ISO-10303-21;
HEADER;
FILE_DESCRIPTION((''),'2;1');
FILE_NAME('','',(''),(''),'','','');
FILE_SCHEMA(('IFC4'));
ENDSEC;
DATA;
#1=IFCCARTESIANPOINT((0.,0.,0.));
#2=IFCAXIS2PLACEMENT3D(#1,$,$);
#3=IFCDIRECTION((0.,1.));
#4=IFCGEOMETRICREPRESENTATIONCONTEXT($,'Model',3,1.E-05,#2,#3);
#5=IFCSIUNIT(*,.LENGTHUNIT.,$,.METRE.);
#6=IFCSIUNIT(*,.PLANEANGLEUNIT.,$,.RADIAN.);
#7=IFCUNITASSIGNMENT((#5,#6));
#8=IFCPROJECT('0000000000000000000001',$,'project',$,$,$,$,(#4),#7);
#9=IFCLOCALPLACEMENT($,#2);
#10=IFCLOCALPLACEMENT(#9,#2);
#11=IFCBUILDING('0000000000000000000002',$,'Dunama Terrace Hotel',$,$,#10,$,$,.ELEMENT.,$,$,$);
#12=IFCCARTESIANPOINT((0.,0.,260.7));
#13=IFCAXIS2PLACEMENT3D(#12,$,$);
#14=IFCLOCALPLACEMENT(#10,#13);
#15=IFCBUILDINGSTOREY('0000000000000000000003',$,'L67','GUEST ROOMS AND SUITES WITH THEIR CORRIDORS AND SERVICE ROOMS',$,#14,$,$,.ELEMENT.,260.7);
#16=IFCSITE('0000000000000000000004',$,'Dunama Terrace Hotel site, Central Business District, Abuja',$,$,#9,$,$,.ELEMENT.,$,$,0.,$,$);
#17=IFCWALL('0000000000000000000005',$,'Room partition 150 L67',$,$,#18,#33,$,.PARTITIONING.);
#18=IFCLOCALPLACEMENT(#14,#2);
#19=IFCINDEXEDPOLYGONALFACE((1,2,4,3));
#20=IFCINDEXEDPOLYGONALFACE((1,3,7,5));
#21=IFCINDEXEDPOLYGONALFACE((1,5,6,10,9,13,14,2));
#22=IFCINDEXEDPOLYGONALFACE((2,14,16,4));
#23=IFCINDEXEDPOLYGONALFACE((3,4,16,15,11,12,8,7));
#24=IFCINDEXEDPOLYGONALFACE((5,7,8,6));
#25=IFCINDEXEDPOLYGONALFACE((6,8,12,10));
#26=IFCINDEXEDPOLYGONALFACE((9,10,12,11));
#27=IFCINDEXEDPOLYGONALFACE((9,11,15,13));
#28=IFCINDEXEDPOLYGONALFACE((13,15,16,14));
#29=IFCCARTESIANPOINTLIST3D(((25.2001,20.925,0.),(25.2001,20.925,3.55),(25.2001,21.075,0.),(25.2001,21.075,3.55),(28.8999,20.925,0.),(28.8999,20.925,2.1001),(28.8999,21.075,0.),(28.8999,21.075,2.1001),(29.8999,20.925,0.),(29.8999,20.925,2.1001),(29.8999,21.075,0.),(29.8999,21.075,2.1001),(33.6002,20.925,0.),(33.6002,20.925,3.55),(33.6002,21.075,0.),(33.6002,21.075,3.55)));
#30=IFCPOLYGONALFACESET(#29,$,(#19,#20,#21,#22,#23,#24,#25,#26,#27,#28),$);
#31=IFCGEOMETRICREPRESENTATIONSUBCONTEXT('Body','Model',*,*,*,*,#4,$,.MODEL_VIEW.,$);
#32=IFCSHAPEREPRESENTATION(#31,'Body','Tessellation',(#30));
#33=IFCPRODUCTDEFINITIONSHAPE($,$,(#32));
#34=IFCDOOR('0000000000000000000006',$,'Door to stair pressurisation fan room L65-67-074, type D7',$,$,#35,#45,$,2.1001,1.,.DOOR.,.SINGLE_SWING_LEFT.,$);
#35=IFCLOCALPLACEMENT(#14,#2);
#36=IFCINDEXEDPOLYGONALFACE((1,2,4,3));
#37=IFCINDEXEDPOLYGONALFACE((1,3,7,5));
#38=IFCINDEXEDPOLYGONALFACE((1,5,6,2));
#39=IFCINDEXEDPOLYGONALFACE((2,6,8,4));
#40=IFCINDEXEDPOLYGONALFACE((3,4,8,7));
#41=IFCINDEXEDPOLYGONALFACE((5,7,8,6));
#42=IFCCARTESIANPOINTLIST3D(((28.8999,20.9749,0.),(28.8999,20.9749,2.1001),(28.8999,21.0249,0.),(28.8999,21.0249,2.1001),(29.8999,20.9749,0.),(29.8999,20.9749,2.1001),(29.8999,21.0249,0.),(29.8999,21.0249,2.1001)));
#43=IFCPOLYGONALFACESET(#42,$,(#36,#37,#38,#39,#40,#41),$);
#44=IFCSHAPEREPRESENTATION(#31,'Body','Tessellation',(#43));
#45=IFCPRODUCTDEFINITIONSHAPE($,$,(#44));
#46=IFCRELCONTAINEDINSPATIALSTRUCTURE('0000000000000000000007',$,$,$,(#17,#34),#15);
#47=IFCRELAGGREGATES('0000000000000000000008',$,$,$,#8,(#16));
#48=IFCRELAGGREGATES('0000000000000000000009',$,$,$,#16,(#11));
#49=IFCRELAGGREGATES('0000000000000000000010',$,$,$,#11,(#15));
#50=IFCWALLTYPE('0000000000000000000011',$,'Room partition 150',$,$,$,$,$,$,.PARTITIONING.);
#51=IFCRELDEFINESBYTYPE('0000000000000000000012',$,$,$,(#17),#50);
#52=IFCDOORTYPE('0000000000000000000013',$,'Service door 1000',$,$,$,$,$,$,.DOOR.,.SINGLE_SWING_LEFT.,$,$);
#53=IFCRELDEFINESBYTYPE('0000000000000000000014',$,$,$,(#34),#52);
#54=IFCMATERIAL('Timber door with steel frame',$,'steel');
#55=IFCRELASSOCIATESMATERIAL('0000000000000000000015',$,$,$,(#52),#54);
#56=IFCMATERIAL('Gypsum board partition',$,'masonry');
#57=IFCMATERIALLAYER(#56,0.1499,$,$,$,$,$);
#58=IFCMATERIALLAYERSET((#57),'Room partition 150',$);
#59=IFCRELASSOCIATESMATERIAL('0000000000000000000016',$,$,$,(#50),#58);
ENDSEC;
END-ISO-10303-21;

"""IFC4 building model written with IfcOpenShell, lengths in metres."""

from ifc_helpers import new_model, si_unit, direction, frame, frame_2d, origin, place, context, subcontext, project, spatial, rectangle, extrude, material, layer, layer_set, type_object, element, fill, save


model = new_model("IFC4")

# Units and contexts
model_context = context("Model", 3, precision=1e-05, world=origin(), true_north=direction((0.0, 1.0)))
body_context = subcontext(model_context, "Body", "Model", "MODEL_VIEW")
ifc_project = project(units=[si_unit("LENGTHUNIT", "METRE"), si_unit("PLANEANGLEUNIT", "RADIAN")], contexts=[model_context])

# Site, building, storey
site_placement = place(None, origin())
site = spatial("IfcSite", under=ifc_project, at=site_placement, Name="Dunama Terrace Hotel site, Central Business District, Abuja", CompositionType="ELEMENT", RefElevation=0.0)
building_placement = place(site_placement, origin())
building = spatial("IfcBuilding", under=site, at=building_placement, Name="Dunama Terrace Hotel", CompositionType="ELEMENT")
storey_placement = place(building_placement, frame((0.0, 0.0, 260.7)))
storey = spatial("IfcBuildingStorey", under=building, at=storey_placement, Name="L67", Description="GUEST ROOMS AND SUITES WITH THEIR CORRIDORS AND SERVICE ROOMS", CompositionType="ELEMENT", Elevation=260.7)

# Shared definitions
ifc_material_1 = material(Name="Timber door with steel frame", Category="steel")
door_type_1 = type_object("IfcDoorType", Name="Service door 1000", OperationType="SINGLE_SWING_LEFT", PredefinedType="DOOR", material=ifc_material_1)
ifc_material_2 = material(Name="Gypsum board partition", Category="masonry")
ifc_layer_1 = layer(ifc_material_2, 0.1499)
ifc_layer_set_1 = layer_set([ifc_layer_1], Name="Room partition 150")
wall_type_1 = type_object("IfcWallType", Name="Room partition 150", PredefinedType="PARTITIONING", material=ifc_layer_set_1)

# Wall, opening, door
wall_1_placement = place(storey_placement, frame((25.2, 21.0, 0.0), z_axis=(0.0, 0.0, 1.0), x_axis=(1.0, 0.0, 0.0)))
wall_1 = element("IfcWall", 1, at=wall_1_placement, inside=storey, type_object=wall_type_1, Name="Room partition 150 L67", PredefinedType="PARTITIONING", context=body_context, shape_type="SweptSolid", body=[
    extrude(rectangle(XDim=8.4001, YDim=0.1499, at=frame_2d((4.2002, 0.0))), origin(), (0.0, 0.0, 1.0), 3.55),
])
opening_1_placement = place(wall_1_placement, frame((3.7, 0.0, 0.0)))
opening_1 = element("IfcOpeningElement", 2, at=opening_1_placement, cuts=wall_1, PredefinedType="OPENING", context=body_context, shape_type="SweptSolid", body=[
    extrude(rectangle(XDim=1.0, YDim=2.1001, at=frame_2d((0.5, 1.05))), frame((0.0, 0.085, 0.0), z_axis=(0.0, -1.0, 0.0), x_axis=(1.0, 0.0, 0.0)), (0.0, 0.0, 1.0), 0.1699),
])
door_1_placement = place(opening_1_placement, origin())
door_1 = element("IfcDoor", 3, at=door_1_placement, inside=storey, type_object=door_type_1, Name="Door to stair pressurisation fan room L65-67-074, type D7", OperationType="SINGLE_SWING_LEFT", OverallHeight=2.1001, OverallWidth=1.0, PredefinedType="DOOR", context=body_context, shape_type="SweptSolid", body=[
    extrude(rectangle(XDim=1.0, YDim=2.1001, at=frame_2d((0.5, 1.05))), frame((0.0, 0.0249, 0.0), z_axis=(0.0, -1.0, 0.0), x_axis=(1.0, 0.0, 0.0)), (0.0, 0.0, 1.0), 0.05),
])
fill(opening_1, door_1)

save(model, "model.ifc")
